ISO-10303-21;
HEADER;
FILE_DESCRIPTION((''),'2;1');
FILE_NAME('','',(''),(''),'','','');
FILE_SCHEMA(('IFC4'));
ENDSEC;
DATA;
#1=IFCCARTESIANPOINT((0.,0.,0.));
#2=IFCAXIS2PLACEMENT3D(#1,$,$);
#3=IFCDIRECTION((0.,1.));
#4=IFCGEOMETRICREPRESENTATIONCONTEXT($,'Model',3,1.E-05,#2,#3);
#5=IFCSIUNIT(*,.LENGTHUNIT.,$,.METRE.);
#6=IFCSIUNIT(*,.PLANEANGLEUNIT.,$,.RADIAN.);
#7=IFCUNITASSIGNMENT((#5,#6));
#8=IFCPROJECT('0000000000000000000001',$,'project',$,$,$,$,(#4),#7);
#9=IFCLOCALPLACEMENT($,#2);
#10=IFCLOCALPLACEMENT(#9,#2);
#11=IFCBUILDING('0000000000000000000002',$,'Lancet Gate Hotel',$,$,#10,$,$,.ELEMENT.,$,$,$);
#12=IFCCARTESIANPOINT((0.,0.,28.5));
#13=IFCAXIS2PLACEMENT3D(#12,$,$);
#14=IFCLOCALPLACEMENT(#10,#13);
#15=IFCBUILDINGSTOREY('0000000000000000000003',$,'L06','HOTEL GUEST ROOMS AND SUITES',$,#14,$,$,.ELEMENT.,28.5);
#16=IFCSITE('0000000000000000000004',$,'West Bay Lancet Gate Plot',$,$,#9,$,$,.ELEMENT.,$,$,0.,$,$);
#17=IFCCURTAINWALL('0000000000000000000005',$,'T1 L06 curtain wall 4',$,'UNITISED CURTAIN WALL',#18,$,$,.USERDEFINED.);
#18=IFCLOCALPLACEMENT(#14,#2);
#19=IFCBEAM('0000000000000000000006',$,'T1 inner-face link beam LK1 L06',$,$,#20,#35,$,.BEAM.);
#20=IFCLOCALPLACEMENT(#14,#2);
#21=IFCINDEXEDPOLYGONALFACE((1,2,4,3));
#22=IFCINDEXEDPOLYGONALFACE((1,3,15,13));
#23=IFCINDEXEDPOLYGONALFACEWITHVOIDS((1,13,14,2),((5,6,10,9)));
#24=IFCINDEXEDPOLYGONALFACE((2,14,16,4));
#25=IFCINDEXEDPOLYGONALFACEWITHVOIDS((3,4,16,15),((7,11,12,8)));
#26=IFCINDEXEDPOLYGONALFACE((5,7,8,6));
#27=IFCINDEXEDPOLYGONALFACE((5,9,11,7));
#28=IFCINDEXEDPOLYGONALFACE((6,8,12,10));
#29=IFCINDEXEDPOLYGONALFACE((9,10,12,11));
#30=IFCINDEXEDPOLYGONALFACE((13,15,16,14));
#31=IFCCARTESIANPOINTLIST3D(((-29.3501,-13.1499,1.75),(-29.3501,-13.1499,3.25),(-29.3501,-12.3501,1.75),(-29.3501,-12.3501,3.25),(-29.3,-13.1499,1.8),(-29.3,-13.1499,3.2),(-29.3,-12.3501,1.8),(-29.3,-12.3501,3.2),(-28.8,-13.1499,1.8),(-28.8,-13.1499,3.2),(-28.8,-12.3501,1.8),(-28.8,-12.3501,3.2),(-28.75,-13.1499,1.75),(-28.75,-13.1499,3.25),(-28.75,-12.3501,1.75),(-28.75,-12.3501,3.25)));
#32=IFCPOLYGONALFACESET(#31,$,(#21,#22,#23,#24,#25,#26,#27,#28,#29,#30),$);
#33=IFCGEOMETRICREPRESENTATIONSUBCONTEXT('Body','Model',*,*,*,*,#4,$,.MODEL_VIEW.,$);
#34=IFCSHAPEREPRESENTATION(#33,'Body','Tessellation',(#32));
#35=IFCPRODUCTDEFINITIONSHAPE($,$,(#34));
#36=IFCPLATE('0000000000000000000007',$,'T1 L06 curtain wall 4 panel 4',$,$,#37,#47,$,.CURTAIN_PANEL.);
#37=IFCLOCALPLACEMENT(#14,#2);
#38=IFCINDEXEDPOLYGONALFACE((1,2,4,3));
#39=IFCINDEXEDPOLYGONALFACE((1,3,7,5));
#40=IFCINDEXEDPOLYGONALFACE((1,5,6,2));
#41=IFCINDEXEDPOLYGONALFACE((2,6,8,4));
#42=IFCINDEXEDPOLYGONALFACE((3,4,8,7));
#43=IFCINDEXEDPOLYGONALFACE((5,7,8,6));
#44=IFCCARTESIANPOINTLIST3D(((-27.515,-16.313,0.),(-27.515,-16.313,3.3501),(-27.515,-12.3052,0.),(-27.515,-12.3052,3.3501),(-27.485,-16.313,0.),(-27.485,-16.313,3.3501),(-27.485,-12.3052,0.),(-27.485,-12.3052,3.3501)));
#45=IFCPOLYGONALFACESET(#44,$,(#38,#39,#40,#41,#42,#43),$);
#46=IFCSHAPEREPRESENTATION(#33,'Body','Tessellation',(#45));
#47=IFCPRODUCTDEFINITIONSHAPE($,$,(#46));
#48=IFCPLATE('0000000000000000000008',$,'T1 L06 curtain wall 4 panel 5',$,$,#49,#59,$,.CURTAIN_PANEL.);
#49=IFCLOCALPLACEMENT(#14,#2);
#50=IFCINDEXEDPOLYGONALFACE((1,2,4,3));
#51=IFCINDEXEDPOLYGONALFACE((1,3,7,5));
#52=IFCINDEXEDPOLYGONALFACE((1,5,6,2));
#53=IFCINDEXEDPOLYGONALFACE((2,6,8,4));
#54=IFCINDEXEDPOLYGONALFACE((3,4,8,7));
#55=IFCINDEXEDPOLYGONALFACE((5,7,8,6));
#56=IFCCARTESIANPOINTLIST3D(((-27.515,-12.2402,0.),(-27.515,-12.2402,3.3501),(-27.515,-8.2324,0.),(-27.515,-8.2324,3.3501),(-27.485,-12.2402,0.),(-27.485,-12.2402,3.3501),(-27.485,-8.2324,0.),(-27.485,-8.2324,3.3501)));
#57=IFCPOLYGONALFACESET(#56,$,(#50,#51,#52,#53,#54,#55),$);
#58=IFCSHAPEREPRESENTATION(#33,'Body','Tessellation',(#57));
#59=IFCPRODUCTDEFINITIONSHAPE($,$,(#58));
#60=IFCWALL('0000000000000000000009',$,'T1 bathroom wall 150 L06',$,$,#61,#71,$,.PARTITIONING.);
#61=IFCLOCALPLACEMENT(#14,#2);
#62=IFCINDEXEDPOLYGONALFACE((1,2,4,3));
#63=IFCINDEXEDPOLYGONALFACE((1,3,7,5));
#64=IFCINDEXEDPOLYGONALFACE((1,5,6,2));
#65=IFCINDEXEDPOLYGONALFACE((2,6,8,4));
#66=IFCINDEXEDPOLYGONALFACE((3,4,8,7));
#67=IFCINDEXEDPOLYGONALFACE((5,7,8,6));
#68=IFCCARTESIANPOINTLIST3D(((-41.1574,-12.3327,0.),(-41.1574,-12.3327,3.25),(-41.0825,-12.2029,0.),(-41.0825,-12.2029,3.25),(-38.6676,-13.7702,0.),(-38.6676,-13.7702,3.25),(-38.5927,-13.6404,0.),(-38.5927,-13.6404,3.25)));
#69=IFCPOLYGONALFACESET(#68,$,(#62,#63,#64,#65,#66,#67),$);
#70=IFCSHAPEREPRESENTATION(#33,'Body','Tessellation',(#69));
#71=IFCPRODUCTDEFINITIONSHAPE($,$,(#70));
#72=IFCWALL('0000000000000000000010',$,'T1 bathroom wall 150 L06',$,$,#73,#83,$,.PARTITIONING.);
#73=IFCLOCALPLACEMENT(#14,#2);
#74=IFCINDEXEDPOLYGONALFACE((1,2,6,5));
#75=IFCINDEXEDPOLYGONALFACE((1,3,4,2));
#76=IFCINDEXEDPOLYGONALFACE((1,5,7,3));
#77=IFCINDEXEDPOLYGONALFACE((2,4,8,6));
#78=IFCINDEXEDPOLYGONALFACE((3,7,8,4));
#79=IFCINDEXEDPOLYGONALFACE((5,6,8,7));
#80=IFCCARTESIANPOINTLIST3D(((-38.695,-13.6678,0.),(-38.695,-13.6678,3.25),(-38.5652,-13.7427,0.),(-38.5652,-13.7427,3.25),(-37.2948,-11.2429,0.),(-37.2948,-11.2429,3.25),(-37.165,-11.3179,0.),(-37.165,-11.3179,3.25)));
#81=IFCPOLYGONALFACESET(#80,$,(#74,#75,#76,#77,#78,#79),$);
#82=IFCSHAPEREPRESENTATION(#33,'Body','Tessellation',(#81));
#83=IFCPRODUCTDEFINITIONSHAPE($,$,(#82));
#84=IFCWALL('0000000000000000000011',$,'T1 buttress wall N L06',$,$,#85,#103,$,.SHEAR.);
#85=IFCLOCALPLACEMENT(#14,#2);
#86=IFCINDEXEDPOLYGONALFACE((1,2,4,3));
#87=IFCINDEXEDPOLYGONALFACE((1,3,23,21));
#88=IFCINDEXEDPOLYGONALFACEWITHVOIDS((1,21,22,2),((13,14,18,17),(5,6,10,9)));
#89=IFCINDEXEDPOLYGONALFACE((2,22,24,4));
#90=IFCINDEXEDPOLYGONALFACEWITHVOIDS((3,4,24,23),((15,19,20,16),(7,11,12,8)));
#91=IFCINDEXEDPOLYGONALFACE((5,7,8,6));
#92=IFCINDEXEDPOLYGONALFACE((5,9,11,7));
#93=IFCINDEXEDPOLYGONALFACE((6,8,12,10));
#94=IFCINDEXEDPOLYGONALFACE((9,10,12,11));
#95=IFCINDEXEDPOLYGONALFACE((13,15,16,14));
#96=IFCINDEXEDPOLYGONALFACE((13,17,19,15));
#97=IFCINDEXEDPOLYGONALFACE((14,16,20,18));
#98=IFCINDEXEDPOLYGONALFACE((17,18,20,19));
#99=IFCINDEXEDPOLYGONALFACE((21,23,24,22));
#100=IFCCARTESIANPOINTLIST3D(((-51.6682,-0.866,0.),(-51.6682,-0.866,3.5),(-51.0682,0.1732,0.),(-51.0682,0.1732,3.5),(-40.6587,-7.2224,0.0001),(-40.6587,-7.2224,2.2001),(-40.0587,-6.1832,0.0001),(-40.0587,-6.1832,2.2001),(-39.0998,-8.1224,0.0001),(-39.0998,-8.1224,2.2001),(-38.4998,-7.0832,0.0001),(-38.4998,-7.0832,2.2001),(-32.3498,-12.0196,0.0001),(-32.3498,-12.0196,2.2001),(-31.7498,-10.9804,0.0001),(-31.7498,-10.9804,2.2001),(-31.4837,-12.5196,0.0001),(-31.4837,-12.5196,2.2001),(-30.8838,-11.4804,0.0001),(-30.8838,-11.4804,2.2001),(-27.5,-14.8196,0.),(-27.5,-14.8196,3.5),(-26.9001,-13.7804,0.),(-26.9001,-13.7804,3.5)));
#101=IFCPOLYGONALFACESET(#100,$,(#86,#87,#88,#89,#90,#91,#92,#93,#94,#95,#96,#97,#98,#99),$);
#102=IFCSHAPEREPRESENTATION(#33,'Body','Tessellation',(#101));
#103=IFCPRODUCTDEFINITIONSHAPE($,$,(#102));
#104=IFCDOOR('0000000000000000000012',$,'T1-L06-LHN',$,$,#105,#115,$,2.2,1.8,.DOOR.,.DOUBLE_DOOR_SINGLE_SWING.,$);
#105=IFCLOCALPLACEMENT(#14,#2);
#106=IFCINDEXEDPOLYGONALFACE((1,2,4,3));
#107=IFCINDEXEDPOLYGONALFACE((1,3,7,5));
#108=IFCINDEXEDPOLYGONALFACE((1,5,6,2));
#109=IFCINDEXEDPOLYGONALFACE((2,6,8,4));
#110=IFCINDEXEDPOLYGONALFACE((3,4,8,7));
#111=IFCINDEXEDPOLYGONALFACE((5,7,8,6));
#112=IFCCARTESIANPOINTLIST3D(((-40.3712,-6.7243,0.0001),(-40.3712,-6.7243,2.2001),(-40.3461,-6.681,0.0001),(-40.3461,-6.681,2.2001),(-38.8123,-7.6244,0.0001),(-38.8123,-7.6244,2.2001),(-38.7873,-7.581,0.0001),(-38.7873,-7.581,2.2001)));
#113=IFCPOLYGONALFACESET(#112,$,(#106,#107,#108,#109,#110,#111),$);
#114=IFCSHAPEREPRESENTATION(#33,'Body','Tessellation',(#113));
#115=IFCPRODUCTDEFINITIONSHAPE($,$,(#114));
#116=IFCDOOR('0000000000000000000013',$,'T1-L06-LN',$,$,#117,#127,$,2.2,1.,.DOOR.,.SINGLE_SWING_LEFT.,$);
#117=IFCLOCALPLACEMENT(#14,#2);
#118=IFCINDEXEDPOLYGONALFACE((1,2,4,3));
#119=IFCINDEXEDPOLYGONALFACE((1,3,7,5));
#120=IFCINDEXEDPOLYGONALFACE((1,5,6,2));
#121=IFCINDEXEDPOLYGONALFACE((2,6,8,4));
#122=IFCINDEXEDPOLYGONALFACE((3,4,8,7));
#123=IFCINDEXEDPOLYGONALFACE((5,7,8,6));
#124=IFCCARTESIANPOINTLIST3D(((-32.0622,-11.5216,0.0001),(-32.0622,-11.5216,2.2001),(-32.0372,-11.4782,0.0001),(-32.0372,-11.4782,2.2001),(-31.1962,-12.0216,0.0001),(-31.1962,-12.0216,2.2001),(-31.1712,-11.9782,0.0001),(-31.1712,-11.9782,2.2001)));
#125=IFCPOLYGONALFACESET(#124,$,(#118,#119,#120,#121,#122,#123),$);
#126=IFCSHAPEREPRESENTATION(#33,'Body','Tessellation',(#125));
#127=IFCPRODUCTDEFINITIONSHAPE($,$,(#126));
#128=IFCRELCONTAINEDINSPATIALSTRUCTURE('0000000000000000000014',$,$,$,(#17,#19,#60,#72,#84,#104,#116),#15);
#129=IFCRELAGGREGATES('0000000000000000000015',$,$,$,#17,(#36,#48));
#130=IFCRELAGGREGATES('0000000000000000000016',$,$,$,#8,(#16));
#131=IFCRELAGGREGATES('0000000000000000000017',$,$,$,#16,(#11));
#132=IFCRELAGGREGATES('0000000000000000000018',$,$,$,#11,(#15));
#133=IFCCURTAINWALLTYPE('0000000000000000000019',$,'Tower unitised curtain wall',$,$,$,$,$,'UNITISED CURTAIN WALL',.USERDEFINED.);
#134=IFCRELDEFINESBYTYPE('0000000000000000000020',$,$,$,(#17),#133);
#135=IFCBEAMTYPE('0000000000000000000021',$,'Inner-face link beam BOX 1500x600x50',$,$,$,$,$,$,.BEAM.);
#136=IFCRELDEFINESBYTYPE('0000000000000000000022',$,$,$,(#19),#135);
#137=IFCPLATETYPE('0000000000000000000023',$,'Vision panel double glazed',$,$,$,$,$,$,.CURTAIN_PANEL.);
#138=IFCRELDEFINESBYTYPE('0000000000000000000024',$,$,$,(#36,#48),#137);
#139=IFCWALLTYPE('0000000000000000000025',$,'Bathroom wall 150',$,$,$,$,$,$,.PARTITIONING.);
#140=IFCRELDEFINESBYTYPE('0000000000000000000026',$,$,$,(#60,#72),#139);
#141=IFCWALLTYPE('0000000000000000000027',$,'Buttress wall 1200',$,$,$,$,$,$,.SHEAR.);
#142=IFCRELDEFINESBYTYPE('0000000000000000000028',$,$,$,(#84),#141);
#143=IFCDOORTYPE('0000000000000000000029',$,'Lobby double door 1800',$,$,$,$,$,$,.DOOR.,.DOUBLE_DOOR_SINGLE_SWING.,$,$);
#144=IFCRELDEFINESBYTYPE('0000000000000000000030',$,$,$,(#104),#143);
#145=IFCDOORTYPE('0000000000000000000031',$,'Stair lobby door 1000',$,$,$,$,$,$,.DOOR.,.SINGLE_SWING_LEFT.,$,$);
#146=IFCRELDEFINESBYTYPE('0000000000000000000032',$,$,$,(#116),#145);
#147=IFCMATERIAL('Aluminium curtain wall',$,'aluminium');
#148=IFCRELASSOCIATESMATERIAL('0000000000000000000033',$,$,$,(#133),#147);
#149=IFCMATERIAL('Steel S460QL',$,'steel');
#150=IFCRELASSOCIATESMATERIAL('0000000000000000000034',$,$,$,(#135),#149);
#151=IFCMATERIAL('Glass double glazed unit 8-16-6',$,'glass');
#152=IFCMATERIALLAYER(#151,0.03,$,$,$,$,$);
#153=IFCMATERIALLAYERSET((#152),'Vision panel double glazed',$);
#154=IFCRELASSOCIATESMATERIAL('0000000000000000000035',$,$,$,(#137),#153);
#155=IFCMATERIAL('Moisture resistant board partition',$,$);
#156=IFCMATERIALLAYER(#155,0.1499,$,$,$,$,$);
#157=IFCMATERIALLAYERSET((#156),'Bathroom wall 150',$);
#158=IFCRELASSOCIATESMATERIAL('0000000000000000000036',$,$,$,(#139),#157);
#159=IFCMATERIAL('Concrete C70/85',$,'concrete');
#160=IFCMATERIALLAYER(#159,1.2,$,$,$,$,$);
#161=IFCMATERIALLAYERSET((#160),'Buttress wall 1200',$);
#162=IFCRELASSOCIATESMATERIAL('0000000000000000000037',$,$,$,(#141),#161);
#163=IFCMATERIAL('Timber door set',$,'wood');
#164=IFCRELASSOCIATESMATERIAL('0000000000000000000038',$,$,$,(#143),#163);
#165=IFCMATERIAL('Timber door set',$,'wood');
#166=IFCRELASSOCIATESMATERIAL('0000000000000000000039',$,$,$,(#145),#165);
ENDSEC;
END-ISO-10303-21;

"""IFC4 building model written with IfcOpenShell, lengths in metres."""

from ifc_helpers import new_model, si_unit, direction, frame, frame_2d, origin, origin_2d, place, context, subcontext, project, spatial, rectangle, hollow_rectangle, extrude, material, layer, layer_set, material_profile, profile_set, type_object, element, fill, aggregate, save


model = new_model("IFC4")

# Units and contexts
model_context = context("Model", 3, precision=1e-05, world=origin(), true_north=direction((0.0, 1.0)))
body_context = subcontext(model_context, "Body", "Model", "MODEL_VIEW")
ifc_project = project(units=[si_unit("LENGTHUNIT", "METRE"), si_unit("PLANEANGLEUNIT", "RADIAN")], contexts=[model_context])

# Site, building, storey
site_placement = place(None, origin())
site = spatial("IfcSite", under=ifc_project, at=site_placement, Name="West Bay Lancet Gate Plot", CompositionType="ELEMENT", RefElevation=0.0)
building_placement = place(site_placement, origin())
building = spatial("IfcBuilding", under=site, at=building_placement, Name="Lancet Gate Hotel", CompositionType="ELEMENT")
storey_placement = place(building_placement, frame((0.0, 0.0, 28.5)))
storey = spatial("IfcBuildingStorey", under=building, at=storey_placement, Name="L06", Description="HOTEL GUEST ROOMS AND SUITES", CompositionType="ELEMENT", Elevation=28.5)

# Curtain wall
ifc_material_1 = material(Name="Aluminium curtain wall", Category="aluminium")
curtain_wall_type = type_object("IfcCurtainWallType", Name="Tower unitised curtain wall", ElementType="UNITISED CURTAIN WALL", PredefinedType="USERDEFINED", material=ifc_material_1)
curtain_wall_placement = place(storey_placement, origin())
curtain_wall = element("IfcCurtainWall", 1, at=curtain_wall_placement, inside=storey, type_object=curtain_wall_type, Name="T1 L06 curtain wall 4", ObjectType="UNITISED CURTAIN WALL", PredefinedType="USERDEFINED")

# Beam
ifc_material_2 = material(Name="Steel S460QL", Category="steel")
ifc_material_profile_1 = material_profile(ifc_material_2, hollow_rectangle(XDim=0.6001, YDim=1.5, WallThickness=0.05, at=origin_2d()), Name="BOX 1500x600x50")
ifc_profile_set_1 = profile_set([ifc_material_profile_1], Name="Steel S460QL")
beam_type_1 = type_object("IfcBeamType", Name="Inner-face link beam BOX 1500x600x50", PredefinedType="BEAM", material=ifc_profile_set_1)
beam_1_placement = place(storey_placement, frame((-29.05, -12.3501, 2.5), z_axis=(0.0, -1.0, 0.0), x_axis=(1.0, 0.0, 0.0)))
element("IfcBeam", 2, at=beam_1_placement, inside=storey, type_object=beam_type_1, Name="T1 inner-face link beam LK1 L06", PredefinedType="BEAM", context=body_context, shape_type="SweptSolid", body=[
    extrude(hollow_rectangle(XDim=0.6001, YDim=1.5, WallThickness=0.05, at=origin_2d()), origin(), (0.0, 0.0, 1.0), 0.7998),
])

# Plates
ifc_material_3 = material(Name="Glass double glazed unit 8-16-6", Category="glass")
ifc_layer_1 = layer(ifc_material_3, 0.03)
ifc_layer_set_1 = layer_set([ifc_layer_1], Name="Vision panel double glazed")
plate_type = type_object("IfcPlateType", Name="Vision panel double glazed", PredefinedType="CURTAIN_PANEL", material=ifc_layer_set_1)
plate_1_placement = place(storey_placement, frame((-27.5, -14.3091, 0.0), z_axis=(0.0, 0.0, 1.0), x_axis=(0.0, 1.0, 0.0)))
plate_1 = element("IfcPlate", 3, at=plate_1_placement, type_object=plate_type, Name="T1 L06 curtain wall 4 panel 4", PredefinedType="CURTAIN_PANEL", context=body_context, shape_type="SweptSolid", body=[
    extrude(rectangle(XDim=4.0078, YDim=0.03, at=origin_2d()), origin(), (0.0, 0.0, 1.0), 3.3501),
])
plate_2_placement = place(storey_placement, frame((-27.5, -10.2363, 0.0), z_axis=(0.0, 0.0, 1.0), x_axis=(0.0, 1.0, 0.0)))
plate_2 = element("IfcPlate", 4, at=plate_2_placement, type_object=plate_type, Name="T1 L06 curtain wall 4 panel 5", PredefinedType="CURTAIN_PANEL", context=body_context, shape_type="SweptSolid", body=[
    extrude(rectangle(XDim=4.0078, YDim=0.03, at=origin_2d()), origin(), (0.0, 0.0, 1.0), 3.3501),
])
aggregate(curtain_wall, [plate_1, plate_2])

# Walls
ifc_material_4 = material(Name="Moisture resistant board partition")
ifc_layer_2 = layer(ifc_material_4, 0.1499)
ifc_layer_set_2 = layer_set([ifc_layer_2], Name="Bathroom wall 150")
wall_type_1 = type_object("IfcWallType", Name="Bathroom wall 150", PredefinedType="PARTITIONING", material=ifc_layer_set_2)
wall_1_placement = place(storey_placement, frame((-38.6301, -13.7053, 0.0), z_axis=(0.0, 0.0, 1.0), x_axis=(-0.866019, 0.500012, 0.0)))
element("IfcWall", 5, at=wall_1_placement, inside=storey, type_object=wall_type_1, Name="T1 bathroom wall 150 L06", PredefinedType="PARTITIONING", context=body_context, shape_type="SweptSolid", body=[
    extrude(rectangle(XDim=2.875, YDim=0.1499, at=frame_2d((1.4375, 0.0))), origin(), (0.0, 0.0, 1.0), 3.25),
])
wall_2_placement = place(storey_placement, frame((-37.23, -11.2805, 0.0), z_axis=(0.0, 0.0, 1.0), x_axis=(-0.50005, -0.865997, 0.0)))
element("IfcWall", 6, at=wall_2_placement, inside=storey, type_object=wall_type_1, Name="T1 bathroom wall 150 L06", PredefinedType="PARTITIONING", context=body_context, shape_type="SweptSolid", body=[
    extrude(rectangle(XDim=2.8, YDim=0.1499, at=frame_2d((1.3999, 0.0))), origin(), (0.0, 0.0, 1.0), 3.25),
])

# Wall, openings, doors
ifc_material_5 = material(Name="Concrete C70/85", Category="concrete")
ifc_layer_3 = layer(ifc_material_5, 1.2)
ifc_layer_set_3 = layer_set([ifc_layer_3], Name="Buttress wall 1200")
wall_type_2 = type_object("IfcWallType", Name="Buttress wall 1200", PredefinedType="SHEAR", material=ifc_layer_set_3)
wall_3_placement = place(storey_placement, frame((-27.2, -14.3, 0.0), z_axis=(0.0, 0.0, 1.0), x_axis=(-0.866024, 0.500002, 0.0)))
wall_3 = element("IfcWall", 7, at=wall_3_placement, inside=storey, type_object=wall_type_2, Name="T1 buttress wall N L06", PredefinedType="SHEAR", context=body_context, shape_type="SweptSolid", body=[
    extrude(rectangle(XDim=27.907, YDim=1.2, at=frame_2d((13.9536, 0.0))), origin(), (0.0, 0.0, 1.0), 3.5),
])
opening_1_placement = place(wall_3_placement, frame((4.6001, 0.0, 0.0)))
opening_1 = element("IfcOpeningElement", 8, at=opening_1_placement, cuts=wall_3, PredefinedType="OPENING", context=body_context, shape_type="SweptSolid", body=[
    extrude(rectangle(XDim=1.0, YDim=2.2, at=frame_2d((0.5, 1.1001))), frame((0.0, 0.6099, 0.0), z_axis=(0.0, -1.0, 0.0), x_axis=(1.0, 0.0, 0.0)), (0.0, 0.0, 1.0), 1.22),
])
opening_2_placement = place(wall_3_placement, frame((13.3945, 0.0, 0.0)))
opening_2 = element("IfcOpeningElement", 9, at=opening_2_placement, cuts=wall_3, PredefinedType="OPENING", context=body_context, shape_type="SweptSolid", body=[
    extrude(rectangle(XDim=1.8, YDim=2.2, at=frame_2d((0.8999, 1.1001))), frame((0.0, 0.6099, 0.0), z_axis=(0.0, -1.0, 0.0), x_axis=(1.0, 0.0, 0.0)), (0.0, 0.0, 1.0), 1.22),
])
ifc_material_6 = material(Name="Timber door set", Category="wood")
door_type_1 = type_object("IfcDoorType", Name="Lobby double door 1800", OperationType="DOUBLE_DOOR_SINGLE_SWING", PredefinedType="DOOR", material=ifc_material_6)
door_1_placement = place(opening_2_placement, origin())
door_1 = element("IfcDoor", 10, at=door_1_placement, inside=storey, type_object=door_type_1, Name="T1-L06-LHN", OperationType="DOUBLE_DOOR_SINGLE_SWING", OverallHeight=2.2, OverallWidth=1.8, PredefinedType="DOOR", context=body_context, shape_type="SweptSolid", body=[
    extrude(rectangle(XDim=1.8, YDim=2.2, at=frame_2d((0.8999, 1.1001))), frame((0.0, 0.0249, 0.0), z_axis=(0.0, -1.0, 0.0), x_axis=(1.0, 0.0, 0.0)), (0.0, 0.0, 1.0), 0.05),
])
fill(opening_2, door_1)
ifc_material_7 = material(Name="Timber door set", Category="wood")
door_type_2 = type_object("IfcDoorType", Name="Stair lobby door 1000", OperationType="SINGLE_SWING_LEFT", PredefinedType="DOOR", material=ifc_material_7)
door_2_placement = place(opening_1_placement, origin())
door_2 = element("IfcDoor", 11, at=door_2_placement, inside=storey, type_object=door_type_2, Name="T1-L06-LN", OperationType="SINGLE_SWING_LEFT", OverallHeight=2.2, OverallWidth=1.0, PredefinedType="DOOR", context=body_context, shape_type="SweptSolid", body=[
    extrude(rectangle(XDim=1.0, YDim=2.2, at=frame_2d((0.5, 1.1001))), frame((0.0, 0.0249, 0.0), z_axis=(0.0, -1.0, 0.0), x_axis=(1.0, 0.0, 0.0)), (0.0, 0.0, 1.0), 0.05),
])
fill(opening_1, door_2)

save(model, "model.ifc")
